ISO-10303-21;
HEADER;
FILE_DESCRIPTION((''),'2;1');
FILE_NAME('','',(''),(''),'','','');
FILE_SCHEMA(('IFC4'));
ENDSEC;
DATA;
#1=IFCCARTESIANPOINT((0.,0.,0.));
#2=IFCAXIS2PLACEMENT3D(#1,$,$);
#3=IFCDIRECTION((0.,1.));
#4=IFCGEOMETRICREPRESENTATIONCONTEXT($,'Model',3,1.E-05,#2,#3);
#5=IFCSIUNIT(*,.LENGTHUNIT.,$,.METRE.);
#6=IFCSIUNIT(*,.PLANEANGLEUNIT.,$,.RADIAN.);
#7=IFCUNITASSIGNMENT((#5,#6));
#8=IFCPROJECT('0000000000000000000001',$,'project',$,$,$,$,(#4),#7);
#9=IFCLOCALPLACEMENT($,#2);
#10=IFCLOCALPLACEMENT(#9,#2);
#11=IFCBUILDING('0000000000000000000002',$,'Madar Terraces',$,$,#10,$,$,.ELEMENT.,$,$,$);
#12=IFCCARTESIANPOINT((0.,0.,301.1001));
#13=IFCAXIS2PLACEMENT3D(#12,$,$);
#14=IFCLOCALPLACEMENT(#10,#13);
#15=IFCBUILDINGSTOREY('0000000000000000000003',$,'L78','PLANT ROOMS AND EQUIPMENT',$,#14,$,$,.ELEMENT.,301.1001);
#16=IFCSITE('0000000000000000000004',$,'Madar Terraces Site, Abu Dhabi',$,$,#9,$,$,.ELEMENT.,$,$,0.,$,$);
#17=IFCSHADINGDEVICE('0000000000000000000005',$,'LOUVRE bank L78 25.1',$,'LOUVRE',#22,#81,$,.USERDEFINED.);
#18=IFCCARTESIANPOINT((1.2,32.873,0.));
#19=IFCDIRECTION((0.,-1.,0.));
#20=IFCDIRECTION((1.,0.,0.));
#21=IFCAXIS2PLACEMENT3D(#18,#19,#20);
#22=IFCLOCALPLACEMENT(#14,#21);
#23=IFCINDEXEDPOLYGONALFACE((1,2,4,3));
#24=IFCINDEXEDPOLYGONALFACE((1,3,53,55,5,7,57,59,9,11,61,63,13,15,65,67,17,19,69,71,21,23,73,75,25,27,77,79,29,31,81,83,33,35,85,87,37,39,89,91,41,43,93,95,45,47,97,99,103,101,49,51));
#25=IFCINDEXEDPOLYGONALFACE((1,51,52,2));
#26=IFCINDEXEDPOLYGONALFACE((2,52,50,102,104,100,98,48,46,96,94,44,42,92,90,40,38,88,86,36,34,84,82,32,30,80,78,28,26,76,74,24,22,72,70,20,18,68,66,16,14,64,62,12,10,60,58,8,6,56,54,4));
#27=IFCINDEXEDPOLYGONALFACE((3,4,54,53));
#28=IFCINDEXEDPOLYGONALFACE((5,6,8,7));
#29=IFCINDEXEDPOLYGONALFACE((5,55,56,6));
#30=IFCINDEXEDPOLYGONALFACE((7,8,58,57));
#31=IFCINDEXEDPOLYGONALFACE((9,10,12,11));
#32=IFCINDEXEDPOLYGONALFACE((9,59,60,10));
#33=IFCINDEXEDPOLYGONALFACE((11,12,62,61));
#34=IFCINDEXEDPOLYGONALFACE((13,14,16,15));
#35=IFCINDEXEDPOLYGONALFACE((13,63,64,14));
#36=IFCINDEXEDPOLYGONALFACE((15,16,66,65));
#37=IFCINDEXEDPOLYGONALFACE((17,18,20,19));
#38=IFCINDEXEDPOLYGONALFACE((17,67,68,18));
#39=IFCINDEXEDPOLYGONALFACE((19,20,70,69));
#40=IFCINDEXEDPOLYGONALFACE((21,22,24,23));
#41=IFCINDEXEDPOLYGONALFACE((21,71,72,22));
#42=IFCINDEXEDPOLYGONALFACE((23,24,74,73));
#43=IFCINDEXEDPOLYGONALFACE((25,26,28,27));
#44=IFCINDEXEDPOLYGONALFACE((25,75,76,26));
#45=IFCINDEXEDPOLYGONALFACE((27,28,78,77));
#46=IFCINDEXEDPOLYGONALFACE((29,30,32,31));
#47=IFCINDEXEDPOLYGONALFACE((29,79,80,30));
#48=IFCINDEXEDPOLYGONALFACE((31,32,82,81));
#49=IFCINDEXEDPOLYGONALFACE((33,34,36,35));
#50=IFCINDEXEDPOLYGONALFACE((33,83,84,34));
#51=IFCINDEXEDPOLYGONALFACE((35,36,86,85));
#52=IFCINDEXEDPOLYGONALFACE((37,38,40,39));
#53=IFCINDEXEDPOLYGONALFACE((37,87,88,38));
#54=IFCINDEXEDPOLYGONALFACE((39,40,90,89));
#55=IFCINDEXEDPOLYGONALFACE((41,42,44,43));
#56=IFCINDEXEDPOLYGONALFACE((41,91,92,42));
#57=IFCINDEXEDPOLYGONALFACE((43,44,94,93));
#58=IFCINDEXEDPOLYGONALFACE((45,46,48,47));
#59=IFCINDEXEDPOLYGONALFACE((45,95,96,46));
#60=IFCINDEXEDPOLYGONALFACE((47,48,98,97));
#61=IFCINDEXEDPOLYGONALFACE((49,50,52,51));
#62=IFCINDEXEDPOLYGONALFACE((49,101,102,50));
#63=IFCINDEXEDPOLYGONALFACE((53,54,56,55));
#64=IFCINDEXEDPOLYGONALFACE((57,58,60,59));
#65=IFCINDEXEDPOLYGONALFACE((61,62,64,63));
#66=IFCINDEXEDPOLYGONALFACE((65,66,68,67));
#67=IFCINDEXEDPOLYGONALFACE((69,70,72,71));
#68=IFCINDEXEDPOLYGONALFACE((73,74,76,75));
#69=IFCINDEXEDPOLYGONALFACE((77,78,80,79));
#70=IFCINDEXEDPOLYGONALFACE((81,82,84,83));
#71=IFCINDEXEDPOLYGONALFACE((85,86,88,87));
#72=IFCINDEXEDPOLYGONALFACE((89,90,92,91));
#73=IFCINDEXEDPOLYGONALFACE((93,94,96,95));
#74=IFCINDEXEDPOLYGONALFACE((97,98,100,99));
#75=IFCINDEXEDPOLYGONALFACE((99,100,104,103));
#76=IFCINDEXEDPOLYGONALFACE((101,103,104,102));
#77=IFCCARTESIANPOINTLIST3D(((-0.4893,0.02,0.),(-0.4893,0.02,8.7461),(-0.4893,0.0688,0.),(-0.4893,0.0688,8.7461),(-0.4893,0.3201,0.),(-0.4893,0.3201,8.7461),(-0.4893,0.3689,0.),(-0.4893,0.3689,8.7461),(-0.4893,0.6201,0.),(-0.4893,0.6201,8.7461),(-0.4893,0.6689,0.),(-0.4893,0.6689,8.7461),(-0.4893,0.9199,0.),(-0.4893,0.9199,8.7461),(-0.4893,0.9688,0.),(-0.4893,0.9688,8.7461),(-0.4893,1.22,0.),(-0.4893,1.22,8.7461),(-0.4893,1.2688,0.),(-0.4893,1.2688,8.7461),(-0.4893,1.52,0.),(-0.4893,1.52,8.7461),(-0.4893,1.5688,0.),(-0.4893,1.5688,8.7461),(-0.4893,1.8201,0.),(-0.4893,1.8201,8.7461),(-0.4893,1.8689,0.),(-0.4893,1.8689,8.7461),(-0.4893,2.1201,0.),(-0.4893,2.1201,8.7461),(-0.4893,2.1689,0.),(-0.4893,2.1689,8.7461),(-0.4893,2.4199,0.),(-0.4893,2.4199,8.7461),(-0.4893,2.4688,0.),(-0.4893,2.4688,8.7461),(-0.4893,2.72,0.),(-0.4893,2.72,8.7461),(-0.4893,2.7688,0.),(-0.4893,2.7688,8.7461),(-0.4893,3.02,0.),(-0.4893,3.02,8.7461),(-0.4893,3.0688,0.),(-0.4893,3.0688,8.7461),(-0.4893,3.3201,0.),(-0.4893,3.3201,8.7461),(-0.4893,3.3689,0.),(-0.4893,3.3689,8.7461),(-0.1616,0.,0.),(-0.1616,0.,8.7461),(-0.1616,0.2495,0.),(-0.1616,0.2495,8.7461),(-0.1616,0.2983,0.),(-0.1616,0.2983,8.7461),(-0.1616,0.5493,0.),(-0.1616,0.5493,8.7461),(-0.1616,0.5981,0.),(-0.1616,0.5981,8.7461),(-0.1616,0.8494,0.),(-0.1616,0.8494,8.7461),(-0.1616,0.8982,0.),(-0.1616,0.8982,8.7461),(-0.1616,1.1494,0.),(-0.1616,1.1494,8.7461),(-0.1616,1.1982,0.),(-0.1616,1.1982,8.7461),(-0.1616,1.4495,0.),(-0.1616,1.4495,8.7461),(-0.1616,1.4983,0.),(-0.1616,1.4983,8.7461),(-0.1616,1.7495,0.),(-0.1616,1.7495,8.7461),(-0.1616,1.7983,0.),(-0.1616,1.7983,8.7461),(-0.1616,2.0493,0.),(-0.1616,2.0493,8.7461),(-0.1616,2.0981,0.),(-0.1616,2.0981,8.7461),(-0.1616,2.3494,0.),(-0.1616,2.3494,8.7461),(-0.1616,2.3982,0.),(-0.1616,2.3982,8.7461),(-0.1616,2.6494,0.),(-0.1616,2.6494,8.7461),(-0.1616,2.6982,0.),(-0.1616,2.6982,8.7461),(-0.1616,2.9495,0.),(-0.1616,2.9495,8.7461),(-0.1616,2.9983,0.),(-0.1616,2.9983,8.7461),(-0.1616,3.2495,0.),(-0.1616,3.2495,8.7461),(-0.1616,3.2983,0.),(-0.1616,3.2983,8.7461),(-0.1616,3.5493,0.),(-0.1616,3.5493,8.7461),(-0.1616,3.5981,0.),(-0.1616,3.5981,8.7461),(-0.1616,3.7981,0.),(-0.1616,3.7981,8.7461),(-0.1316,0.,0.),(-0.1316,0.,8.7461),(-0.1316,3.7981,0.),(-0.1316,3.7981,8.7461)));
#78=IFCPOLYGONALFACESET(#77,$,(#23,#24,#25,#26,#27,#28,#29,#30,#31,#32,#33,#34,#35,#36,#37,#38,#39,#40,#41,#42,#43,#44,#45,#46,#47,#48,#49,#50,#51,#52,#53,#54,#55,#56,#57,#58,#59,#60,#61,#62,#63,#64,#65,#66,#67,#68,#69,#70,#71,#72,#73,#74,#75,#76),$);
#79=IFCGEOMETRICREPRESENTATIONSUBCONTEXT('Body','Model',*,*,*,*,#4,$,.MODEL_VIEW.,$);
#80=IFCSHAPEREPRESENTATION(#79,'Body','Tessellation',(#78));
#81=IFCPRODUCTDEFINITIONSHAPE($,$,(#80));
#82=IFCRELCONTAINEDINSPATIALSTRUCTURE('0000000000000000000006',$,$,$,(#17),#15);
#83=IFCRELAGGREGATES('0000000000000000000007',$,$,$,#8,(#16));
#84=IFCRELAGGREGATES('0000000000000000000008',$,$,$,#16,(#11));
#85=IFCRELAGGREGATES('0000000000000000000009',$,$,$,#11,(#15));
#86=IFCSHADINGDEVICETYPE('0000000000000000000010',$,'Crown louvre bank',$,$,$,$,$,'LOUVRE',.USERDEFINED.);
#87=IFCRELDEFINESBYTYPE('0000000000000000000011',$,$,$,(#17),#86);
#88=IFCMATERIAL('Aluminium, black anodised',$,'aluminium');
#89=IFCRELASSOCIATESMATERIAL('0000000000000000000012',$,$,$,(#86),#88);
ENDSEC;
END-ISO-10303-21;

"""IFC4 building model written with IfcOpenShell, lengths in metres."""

from ifc_helpers import new_model, si_unit, direction, frame, origin, place, context, subcontext, project, spatial, polyline, outline, extrude, material, type_object, element, save


model = new_model("IFC4")

# Units and contexts
model_context = context("Model", 3, precision=1e-05, world=origin(), true_north=direction((0.0, 1.0)))
body_context = subcontext(model_context, "Body", "Model", "MODEL_VIEW")
ifc_project = project(units=[si_unit("LENGTHUNIT", "METRE"), si_unit("PLANEANGLEUNIT", "RADIAN")], contexts=[model_context])

# Site, building, storey
site_placement = place(None, origin())
site = spatial("IfcSite", under=ifc_project, at=site_placement, Name="Madar Terraces Site, Abu Dhabi", CompositionType="ELEMENT", RefElevation=0.0)
building_placement = place(site_placement, origin())
building = spatial("IfcBuilding", under=site, at=building_placement, Name="Madar Terraces", CompositionType="ELEMENT")
storey_placement = place(building_placement, frame((0.0, 0.0, 301.1001)))
storey = spatial("IfcBuildingStorey", under=building, at=storey_placement, Name="L78", Description="PLANT ROOMS AND EQUIPMENT", CompositionType="ELEMENT", Elevation=301.1001)

# Shading device
ifc_material_1 = material(Name="Aluminium, black anodised", Category="aluminium")
shading_device_type = type_object("IfcShadingDeviceType", Name="Crown louvre bank", ElementType="LOUVRE", PredefinedType="USERDEFINED", material=ifc_material_1)
shading_device_1_placement = place(storey_placement, frame((1.2, 32.873, 0.0), z_axis=(0.0, -1.0, 0.0), x_axis=(1.0, 0.0, 0.0)))
element("IfcShadingDevice", 1, at=shading_device_1_placement, inside=storey, type_object=shading_device_type, Name="LOUVRE bank L78 25.1", ObjectType="LOUVRE", PredefinedType="USERDEFINED", context=body_context, shape_type="SweptSolid", body=[
    extrude(outline(polyline([(-0.1316, 0.0), (-0.1616, 0.0), (-0.1616, 0.2495), (-0.4893, 0.02), (-0.4893, 0.0688), (-0.1616, 0.2983), (-0.1616, 0.5493), (-0.4893, 0.3201), (-0.4893, 0.3689), (-0.1616, 0.5981), (-0.1616, 0.8494), (-0.4893, 0.6201), (-0.4893, 0.6689), (-0.1616, 0.8982), (-0.1616, 1.1494), (-0.4893, 0.9199), (-0.4893, 0.9688), (-0.1616, 1.1982), (-0.1616, 1.4495), (-0.4893, 1.22), (-0.4893, 1.2688), (-0.1616, 1.4983), (-0.1616, 1.7495), (-0.4893, 1.52), (-0.4893, 1.5688), (-0.1616, 1.7983), (-0.1616, 2.0493), (-0.4893, 1.8201), (-0.4893, 1.8689), (-0.1616, 2.0981), (-0.1616, 2.3494), (-0.4893, 2.1201), (-0.4893, 2.1689), (-0.1616, 2.3982), (-0.1616, 2.6494), (-0.4893, 2.4199), (-0.4893, 2.4688), (-0.1616, 2.6982), (-0.1616, 2.9495), (-0.4893, 2.72), (-0.4893, 2.7688), (-0.1616, 2.9983), (-0.1616, 3.2495), (-0.4893, 3.02), (-0.4893, 3.0688), (-0.1616, 3.2983), (-0.1616, 3.5493), (-0.4893, 3.3201), (-0.4893, 3.3689), (-0.1616, 3.5981), (-0.1616, 3.7981), (-0.1316, 3.7981), (-0.1316, 0.0)])), origin(), (0.0, 0.0, 1.0), 8.7461),
])

save(model, "model.ifc")
